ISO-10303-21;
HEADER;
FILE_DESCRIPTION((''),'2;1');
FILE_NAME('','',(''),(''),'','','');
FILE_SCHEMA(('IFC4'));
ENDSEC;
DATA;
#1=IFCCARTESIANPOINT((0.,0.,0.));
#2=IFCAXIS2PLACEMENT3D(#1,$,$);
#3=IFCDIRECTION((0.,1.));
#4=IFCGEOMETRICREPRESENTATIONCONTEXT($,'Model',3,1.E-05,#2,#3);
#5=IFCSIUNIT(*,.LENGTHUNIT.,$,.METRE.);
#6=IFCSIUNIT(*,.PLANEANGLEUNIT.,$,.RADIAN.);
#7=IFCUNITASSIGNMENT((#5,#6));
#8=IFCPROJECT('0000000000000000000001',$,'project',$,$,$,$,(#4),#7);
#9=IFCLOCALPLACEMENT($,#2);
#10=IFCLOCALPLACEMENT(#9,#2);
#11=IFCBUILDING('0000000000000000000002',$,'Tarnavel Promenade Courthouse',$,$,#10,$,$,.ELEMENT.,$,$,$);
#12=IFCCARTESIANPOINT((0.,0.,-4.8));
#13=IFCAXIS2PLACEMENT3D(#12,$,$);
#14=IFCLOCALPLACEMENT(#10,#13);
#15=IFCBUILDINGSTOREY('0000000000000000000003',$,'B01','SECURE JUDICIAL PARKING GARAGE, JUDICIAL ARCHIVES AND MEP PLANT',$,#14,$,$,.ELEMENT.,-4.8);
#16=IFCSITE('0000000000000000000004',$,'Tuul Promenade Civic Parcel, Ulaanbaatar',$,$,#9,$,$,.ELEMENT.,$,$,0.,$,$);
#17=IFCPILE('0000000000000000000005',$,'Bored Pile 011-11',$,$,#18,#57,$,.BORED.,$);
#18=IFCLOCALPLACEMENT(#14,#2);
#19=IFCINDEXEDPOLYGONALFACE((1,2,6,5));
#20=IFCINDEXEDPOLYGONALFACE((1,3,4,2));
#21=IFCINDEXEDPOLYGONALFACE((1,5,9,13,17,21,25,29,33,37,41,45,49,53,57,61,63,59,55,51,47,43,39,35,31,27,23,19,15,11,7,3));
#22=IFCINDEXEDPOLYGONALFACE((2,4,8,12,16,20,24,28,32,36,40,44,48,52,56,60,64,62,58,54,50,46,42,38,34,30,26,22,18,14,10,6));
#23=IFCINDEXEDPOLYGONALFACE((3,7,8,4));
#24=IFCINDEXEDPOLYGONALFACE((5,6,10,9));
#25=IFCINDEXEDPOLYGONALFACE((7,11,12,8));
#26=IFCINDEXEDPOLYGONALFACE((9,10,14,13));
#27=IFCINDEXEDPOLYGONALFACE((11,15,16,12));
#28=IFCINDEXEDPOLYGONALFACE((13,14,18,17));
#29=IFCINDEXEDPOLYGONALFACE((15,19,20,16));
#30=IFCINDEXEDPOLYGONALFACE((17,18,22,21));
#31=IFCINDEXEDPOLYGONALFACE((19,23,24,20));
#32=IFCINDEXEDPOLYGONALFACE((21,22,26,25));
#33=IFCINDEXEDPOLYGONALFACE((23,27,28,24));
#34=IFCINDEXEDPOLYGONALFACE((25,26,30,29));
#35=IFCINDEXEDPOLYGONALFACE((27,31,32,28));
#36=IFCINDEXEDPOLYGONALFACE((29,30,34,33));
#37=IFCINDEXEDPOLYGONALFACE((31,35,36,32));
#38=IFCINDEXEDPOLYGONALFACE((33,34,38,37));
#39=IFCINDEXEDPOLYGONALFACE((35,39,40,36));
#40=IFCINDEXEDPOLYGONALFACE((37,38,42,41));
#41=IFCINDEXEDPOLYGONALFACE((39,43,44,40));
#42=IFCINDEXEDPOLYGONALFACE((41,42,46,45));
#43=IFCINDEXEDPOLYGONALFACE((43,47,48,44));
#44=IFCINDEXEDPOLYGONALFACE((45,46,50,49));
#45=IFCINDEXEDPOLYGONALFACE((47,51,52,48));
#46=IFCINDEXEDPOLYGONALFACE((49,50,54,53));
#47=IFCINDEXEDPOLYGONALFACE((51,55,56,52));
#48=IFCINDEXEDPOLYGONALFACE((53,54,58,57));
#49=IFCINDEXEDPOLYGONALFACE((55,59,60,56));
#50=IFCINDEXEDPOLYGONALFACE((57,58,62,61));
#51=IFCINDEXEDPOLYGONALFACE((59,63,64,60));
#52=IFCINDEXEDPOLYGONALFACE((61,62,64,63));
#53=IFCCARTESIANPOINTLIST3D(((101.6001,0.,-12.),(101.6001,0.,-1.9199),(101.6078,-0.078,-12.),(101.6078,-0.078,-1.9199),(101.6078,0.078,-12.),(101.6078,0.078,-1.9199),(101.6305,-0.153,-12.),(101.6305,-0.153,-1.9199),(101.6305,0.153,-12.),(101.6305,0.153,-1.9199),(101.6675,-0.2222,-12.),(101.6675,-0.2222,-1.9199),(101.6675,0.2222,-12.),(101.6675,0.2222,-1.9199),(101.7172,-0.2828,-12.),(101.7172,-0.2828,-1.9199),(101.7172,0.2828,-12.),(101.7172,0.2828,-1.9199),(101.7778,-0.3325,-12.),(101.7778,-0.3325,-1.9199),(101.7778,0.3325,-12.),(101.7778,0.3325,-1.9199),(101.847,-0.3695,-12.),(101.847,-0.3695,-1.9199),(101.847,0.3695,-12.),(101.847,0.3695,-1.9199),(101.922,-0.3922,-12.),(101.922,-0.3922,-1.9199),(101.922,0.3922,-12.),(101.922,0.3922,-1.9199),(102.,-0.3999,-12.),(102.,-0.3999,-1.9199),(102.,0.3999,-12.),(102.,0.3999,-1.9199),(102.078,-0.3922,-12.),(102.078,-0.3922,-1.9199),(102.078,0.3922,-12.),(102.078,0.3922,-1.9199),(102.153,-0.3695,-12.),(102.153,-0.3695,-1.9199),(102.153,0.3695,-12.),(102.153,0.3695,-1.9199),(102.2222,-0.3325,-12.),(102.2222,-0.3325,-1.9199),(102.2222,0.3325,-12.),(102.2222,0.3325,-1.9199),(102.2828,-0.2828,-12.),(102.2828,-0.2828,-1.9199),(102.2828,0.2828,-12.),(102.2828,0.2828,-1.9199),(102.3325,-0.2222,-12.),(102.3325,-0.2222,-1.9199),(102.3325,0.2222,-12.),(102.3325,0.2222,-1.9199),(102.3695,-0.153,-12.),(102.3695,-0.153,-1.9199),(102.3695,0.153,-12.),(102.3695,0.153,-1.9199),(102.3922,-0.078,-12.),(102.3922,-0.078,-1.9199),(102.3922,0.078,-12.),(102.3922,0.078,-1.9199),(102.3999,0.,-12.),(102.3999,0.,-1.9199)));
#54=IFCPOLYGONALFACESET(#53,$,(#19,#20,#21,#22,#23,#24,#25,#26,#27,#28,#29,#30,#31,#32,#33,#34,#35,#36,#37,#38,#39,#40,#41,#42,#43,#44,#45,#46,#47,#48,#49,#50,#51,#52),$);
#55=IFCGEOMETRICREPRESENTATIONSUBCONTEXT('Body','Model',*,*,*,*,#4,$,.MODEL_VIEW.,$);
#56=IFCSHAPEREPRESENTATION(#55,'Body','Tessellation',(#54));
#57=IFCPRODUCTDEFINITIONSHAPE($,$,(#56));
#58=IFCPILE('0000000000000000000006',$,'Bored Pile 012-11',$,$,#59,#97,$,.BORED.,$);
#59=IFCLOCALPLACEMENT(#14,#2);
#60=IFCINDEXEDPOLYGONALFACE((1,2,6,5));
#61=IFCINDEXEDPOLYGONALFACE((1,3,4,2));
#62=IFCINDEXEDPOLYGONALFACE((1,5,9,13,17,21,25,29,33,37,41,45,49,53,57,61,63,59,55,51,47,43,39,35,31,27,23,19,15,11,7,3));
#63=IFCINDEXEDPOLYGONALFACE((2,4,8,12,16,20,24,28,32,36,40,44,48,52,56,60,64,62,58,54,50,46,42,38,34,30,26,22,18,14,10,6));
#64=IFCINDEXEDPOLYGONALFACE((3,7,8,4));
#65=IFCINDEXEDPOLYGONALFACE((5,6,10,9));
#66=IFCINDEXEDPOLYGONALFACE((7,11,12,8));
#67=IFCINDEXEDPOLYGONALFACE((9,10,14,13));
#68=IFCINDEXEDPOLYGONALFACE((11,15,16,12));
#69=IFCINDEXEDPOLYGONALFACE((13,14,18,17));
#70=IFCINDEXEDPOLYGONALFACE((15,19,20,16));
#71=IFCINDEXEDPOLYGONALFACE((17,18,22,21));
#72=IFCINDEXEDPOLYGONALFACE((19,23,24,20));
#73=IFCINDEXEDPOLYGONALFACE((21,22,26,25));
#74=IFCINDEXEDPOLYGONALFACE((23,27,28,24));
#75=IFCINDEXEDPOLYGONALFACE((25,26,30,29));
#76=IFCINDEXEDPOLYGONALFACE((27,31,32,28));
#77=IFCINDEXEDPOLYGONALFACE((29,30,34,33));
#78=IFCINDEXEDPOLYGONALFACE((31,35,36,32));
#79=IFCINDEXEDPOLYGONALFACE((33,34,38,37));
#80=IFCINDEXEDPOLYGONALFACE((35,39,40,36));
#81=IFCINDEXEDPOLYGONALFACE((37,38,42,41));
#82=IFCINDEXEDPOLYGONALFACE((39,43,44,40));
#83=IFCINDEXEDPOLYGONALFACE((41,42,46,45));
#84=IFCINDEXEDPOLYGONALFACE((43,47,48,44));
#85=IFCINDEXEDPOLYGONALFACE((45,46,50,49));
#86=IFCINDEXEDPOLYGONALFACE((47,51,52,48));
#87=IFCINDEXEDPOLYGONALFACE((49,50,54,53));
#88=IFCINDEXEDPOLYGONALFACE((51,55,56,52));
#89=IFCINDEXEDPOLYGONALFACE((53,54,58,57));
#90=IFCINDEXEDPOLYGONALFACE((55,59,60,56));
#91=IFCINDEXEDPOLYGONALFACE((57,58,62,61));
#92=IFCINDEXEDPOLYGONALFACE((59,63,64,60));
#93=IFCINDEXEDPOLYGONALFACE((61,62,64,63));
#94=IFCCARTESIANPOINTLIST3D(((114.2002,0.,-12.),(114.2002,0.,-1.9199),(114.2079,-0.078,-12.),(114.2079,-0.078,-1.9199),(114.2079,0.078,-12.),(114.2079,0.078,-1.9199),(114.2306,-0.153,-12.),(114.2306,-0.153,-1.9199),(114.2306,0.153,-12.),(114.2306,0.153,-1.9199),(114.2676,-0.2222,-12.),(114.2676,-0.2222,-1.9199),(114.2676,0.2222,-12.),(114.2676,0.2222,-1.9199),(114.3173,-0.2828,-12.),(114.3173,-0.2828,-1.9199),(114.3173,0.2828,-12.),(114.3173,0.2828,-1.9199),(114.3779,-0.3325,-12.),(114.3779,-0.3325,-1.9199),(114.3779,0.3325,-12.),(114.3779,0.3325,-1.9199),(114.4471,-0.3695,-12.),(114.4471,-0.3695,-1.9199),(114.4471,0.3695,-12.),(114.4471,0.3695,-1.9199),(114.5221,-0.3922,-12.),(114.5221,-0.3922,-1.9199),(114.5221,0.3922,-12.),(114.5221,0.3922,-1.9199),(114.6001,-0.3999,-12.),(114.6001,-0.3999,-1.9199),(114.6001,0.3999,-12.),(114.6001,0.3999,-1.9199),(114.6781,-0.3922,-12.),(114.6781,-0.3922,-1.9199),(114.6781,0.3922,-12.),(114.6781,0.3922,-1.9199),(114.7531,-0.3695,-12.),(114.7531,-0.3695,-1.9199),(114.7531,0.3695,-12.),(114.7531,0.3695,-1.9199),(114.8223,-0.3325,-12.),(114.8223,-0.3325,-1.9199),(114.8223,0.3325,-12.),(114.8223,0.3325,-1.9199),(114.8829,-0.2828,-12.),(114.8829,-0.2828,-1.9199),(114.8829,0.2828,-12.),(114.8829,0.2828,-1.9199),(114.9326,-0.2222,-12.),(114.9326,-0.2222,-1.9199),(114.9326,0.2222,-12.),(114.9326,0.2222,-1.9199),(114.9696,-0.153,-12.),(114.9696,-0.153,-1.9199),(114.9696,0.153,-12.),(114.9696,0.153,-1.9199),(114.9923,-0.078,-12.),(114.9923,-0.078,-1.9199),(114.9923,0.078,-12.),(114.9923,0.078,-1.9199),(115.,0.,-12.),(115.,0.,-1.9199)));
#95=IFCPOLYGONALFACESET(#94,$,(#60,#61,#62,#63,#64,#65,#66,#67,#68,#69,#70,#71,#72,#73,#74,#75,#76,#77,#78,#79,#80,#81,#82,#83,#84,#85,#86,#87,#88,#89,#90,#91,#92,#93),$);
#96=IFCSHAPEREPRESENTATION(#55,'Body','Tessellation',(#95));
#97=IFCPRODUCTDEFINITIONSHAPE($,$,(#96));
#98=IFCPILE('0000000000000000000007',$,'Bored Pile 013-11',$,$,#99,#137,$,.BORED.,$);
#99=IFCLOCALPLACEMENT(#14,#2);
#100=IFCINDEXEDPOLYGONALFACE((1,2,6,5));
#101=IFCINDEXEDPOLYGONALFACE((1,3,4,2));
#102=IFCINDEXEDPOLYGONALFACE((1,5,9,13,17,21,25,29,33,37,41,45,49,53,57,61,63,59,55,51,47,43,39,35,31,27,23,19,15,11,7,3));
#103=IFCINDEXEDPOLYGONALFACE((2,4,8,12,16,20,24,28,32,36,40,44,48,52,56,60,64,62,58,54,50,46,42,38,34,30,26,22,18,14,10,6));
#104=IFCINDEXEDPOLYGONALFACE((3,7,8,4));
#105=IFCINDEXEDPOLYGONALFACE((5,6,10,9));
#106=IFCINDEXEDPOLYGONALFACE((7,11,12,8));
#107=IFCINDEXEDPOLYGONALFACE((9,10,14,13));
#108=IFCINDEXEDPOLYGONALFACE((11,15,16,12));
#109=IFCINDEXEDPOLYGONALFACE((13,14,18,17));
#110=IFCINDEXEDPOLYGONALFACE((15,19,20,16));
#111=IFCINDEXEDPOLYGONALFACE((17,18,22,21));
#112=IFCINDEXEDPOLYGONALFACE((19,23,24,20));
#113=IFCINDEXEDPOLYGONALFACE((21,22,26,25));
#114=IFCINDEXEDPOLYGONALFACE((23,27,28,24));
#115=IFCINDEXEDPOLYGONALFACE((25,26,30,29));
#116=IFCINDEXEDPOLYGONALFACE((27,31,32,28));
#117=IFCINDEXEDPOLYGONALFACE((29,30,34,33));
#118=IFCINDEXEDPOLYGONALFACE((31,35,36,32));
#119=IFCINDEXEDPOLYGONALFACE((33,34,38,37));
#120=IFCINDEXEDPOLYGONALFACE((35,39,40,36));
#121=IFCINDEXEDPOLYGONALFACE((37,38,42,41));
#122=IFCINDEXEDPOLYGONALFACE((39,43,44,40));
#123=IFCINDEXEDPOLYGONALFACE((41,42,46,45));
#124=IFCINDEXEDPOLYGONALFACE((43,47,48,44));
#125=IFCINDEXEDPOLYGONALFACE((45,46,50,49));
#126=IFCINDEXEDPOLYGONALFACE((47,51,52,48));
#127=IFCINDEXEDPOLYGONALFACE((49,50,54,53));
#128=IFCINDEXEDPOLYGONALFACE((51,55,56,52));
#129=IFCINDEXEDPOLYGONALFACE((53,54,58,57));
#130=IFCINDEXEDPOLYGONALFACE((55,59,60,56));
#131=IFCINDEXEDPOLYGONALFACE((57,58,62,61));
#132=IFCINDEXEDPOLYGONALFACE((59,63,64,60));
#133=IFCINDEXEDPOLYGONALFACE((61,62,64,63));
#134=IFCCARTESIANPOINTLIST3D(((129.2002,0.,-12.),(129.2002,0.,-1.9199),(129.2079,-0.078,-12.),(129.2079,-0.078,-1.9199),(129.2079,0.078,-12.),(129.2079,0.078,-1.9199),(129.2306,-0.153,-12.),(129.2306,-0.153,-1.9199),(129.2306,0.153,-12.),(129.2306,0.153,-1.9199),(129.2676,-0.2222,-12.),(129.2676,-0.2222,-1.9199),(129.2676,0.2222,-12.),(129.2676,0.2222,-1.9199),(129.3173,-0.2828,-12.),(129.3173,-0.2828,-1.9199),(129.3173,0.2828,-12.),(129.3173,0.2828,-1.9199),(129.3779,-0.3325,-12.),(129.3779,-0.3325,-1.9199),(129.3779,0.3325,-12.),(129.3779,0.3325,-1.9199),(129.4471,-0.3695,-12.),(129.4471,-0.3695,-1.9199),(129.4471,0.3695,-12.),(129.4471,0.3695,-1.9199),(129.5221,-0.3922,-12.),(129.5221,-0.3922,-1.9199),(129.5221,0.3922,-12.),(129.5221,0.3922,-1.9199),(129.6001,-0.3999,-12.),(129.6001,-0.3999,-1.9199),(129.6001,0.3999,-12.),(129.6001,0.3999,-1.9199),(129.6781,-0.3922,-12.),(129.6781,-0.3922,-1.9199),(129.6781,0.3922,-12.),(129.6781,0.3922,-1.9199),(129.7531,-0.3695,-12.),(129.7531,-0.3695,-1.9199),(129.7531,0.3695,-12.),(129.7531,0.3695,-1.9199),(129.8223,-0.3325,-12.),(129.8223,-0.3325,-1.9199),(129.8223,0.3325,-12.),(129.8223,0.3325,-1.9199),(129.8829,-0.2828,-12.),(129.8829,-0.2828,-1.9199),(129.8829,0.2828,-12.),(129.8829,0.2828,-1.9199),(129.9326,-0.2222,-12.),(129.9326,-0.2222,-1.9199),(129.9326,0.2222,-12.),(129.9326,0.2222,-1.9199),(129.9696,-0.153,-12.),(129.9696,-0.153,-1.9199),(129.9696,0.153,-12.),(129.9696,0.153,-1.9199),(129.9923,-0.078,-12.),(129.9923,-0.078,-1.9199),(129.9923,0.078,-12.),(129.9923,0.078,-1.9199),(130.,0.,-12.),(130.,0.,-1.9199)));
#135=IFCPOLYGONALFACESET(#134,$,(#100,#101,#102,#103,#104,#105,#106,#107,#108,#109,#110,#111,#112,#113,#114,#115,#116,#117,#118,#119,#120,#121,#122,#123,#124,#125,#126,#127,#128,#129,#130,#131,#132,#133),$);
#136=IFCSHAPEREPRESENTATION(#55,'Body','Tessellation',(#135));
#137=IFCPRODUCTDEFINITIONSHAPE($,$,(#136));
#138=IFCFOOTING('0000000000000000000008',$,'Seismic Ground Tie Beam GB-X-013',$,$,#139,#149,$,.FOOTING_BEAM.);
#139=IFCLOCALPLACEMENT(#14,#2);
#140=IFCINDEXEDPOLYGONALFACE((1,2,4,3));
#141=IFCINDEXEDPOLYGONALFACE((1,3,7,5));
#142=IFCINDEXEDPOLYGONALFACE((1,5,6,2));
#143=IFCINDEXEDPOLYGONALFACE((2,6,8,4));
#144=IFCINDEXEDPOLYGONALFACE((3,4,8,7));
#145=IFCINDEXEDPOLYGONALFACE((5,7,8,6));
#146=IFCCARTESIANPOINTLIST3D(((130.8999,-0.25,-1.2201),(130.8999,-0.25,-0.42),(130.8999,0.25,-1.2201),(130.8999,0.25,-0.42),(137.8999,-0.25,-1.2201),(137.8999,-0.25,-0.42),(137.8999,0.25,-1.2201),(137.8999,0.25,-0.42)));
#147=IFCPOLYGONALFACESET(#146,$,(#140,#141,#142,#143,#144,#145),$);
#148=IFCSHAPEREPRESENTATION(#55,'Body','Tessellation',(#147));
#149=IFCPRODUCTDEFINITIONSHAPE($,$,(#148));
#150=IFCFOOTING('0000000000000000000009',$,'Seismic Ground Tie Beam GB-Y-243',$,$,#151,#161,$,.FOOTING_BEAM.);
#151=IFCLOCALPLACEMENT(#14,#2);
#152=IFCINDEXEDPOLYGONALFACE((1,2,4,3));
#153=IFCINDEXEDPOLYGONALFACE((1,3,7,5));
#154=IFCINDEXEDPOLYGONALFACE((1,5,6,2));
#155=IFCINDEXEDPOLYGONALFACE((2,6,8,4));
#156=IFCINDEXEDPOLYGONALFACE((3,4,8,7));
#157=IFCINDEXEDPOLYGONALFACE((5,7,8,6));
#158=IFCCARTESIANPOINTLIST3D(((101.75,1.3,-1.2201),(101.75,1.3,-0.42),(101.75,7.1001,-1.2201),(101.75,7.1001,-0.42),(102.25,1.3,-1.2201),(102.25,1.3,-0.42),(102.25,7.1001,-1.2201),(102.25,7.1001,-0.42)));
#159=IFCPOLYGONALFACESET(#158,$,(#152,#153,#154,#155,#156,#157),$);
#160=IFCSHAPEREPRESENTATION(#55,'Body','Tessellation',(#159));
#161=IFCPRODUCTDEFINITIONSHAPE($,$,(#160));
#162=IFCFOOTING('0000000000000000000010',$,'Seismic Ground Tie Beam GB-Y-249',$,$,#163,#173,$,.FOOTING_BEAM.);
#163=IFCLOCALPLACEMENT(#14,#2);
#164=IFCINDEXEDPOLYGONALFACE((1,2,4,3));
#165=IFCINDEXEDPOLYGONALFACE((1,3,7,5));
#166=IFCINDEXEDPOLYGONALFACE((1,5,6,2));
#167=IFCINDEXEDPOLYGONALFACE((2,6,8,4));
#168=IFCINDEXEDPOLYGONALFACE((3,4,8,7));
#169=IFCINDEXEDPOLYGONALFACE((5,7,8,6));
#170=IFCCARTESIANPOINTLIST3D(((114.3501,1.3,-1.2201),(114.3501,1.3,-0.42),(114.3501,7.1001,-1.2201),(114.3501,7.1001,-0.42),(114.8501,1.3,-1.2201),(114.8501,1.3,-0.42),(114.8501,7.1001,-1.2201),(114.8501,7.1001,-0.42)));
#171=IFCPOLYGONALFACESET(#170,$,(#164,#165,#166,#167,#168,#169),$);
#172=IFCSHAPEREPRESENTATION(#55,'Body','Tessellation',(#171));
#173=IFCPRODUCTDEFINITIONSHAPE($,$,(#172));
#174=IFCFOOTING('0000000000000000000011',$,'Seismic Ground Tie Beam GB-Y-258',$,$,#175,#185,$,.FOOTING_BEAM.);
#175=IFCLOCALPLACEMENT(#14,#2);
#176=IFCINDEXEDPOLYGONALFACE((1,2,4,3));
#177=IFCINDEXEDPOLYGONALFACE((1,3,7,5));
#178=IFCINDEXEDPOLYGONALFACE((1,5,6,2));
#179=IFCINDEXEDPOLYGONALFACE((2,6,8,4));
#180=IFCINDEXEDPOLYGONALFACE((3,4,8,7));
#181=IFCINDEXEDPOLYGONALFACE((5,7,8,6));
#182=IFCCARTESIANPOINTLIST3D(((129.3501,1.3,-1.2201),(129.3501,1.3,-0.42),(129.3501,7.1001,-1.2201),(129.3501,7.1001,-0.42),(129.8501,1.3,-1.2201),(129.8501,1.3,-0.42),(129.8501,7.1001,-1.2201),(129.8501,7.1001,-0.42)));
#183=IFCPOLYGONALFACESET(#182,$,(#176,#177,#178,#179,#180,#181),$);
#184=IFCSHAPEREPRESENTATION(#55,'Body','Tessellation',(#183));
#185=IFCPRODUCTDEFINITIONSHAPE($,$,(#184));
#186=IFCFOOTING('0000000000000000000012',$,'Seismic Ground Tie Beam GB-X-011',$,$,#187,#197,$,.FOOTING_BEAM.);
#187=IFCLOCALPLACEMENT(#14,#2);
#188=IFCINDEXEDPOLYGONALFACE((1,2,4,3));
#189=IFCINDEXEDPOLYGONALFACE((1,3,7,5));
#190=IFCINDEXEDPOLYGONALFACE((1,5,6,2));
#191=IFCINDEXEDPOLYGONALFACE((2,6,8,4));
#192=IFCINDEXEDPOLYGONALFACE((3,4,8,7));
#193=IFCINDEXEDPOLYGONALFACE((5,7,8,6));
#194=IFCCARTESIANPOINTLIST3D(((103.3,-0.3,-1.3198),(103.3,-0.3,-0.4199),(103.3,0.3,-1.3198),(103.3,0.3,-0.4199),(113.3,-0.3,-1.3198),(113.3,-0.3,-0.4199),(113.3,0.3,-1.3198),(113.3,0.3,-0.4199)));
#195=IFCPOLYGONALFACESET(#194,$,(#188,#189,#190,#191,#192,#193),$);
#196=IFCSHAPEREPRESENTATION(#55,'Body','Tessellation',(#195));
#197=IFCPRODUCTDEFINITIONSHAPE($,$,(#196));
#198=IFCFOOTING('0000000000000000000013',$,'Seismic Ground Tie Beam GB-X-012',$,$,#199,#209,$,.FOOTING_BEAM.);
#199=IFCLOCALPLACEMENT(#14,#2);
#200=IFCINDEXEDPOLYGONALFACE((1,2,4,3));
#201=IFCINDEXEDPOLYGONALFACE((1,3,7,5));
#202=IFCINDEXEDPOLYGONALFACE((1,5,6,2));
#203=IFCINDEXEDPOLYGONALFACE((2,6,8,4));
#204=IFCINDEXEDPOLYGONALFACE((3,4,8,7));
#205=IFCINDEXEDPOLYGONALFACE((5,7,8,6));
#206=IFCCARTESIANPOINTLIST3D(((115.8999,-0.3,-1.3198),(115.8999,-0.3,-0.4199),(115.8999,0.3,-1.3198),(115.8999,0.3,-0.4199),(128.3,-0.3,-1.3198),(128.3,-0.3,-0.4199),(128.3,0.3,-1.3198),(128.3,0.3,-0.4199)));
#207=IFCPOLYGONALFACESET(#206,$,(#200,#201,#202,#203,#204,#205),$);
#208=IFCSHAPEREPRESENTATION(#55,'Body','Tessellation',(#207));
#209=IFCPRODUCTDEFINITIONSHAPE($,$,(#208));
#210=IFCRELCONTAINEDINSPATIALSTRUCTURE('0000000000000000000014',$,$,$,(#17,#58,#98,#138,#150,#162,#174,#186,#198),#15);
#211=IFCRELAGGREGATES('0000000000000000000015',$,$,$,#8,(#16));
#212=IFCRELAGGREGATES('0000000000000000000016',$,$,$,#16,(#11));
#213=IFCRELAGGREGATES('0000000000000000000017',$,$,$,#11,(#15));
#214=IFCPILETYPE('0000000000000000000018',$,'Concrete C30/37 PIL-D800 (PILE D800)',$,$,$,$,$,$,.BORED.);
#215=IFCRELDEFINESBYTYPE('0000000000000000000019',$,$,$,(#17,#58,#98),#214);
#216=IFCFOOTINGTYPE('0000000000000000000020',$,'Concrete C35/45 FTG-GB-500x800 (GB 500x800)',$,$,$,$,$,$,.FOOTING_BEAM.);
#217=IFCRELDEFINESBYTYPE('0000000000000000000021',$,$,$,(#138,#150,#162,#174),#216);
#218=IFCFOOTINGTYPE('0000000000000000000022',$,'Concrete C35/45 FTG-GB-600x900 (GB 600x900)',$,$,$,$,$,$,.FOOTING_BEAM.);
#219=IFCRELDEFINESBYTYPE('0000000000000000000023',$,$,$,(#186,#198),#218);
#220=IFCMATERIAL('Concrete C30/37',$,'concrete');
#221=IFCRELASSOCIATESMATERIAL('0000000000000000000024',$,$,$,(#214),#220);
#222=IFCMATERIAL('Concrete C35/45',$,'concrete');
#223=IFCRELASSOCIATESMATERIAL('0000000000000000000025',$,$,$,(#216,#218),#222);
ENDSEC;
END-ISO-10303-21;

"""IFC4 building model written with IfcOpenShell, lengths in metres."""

from ifc_helpers import new_model, si_unit, direction, frame, origin, origin_2d, place, context, subcontext, project, spatial, rectangle, circle, extrude, material, material_profile, profile_set, type_object, element, save


model = new_model("IFC4")

# Units and contexts
model_context = context("Model", 3, precision=1e-05, world=origin(), true_north=direction((0.0, 1.0)))
body_context = subcontext(model_context, "Body", "Model", "MODEL_VIEW")
ifc_project = project(units=[si_unit("LENGTHUNIT", "METRE"), si_unit("PLANEANGLEUNIT", "RADIAN")], contexts=[model_context])

# Site, building, storey
site_placement = place(None, origin())
site = spatial("IfcSite", under=ifc_project, at=site_placement, Name="Tuul Promenade Civic Parcel, Ulaanbaatar", CompositionType="ELEMENT", RefElevation=0.0)
building_placement = place(site_placement, origin())
building = spatial("IfcBuilding", under=site, at=building_placement, Name="Tarnavel Promenade Courthouse", CompositionType="ELEMENT")
storey_placement = place(building_placement, frame((0.0, 0.0, -4.8)))
storey = spatial("IfcBuildingStorey", under=building, at=storey_placement, Name="B01", Description="SECURE JUDICIAL PARKING GARAGE, JUDICIAL ARCHIVES AND MEP PLANT", CompositionType="ELEMENT", Elevation=-4.8)

# Piles
ifc_material_1 = material(Name="Concrete C30/37", Category="concrete")
ifc_material_profile_1 = material_profile(ifc_material_1, circle(Radius=0.3999, at=origin_2d()), Name="PILE D800")
ifc_profile_set_1 = profile_set([ifc_material_profile_1], Name="Concrete C30/37")
pile_type = type_object("IfcPileType", Name="Concrete C30/37 PIL-D800 (PILE D800)", PredefinedType="BORED", material=ifc_profile_set_1)
for number, where, z_axis, x_axis, name in (
    (1, (102.0, 0.0, -1.9199), (0.0, 0.0, -1.0), (1.0, 0.0, 0.0), "Bored Pile 011-11"),
    (2, (114.6001, 0.0, -1.9199), (0.0, 0.0, -1.0), (1.0, 0.0, 0.0), "Bored Pile 012-11"),
    (3, (129.6001, 0.0, -1.9199), (0.0, 0.0, -1.0), (1.0, 0.0, 0.0), "Bored Pile 013-11"),
):
    element("IfcPile", number, at=place(storey_placement, frame(where, z_axis=z_axis, x_axis=x_axis)), inside=storey, type_object=pile_type, Name=name, PredefinedType="BORED", context=body_context, shape_type="SweptSolid", body=[
        extrude(circle(Radius=0.3999, at=origin_2d()), origin(), (0.0, 0.0, 1.0), 10.0801),
    ])

# Footings
ifc_material_2 = material(Name="Concrete C35/45", Category="concrete")
ifc_material_profile_2 = material_profile(ifc_material_2, rectangle(XDim=0.5, YDim=0.8, at=origin_2d()), Name="GB 500x800")
ifc_profile_set_2 = profile_set([ifc_material_profile_2], Name="Concrete C35/45")
footing_type_1 = type_object("IfcFootingType", Name="Concrete C35/45 FTG-GB-500x800 (GB 500x800)", PredefinedType="FOOTING_BEAM", material=ifc_profile_set_2)
footing_1_placement = place(storey_placement, frame((130.8999, 0.0, -0.8201), z_axis=(1.0, 0.0, 0.0), x_axis=(0.0, 1.0, 0.0)))
element("IfcFooting", 4, at=footing_1_placement, inside=storey, type_object=footing_type_1, Name="Seismic Ground Tie Beam GB-X-013", PredefinedType="FOOTING_BEAM", context=body_context, shape_type="SweptSolid", body=[
    extrude(rectangle(XDim=0.5, YDim=0.8, at=origin_2d()), origin(), (0.0, 0.0, 1.0), 7.0),
])
for number, where, z_axis, x_axis, name in (
    (5, (102.0, 1.3, -0.8201), (0.0, 1.0, 0.0), (-1.0, 0.0, 0.0), "Seismic Ground Tie Beam GB-Y-243"),
    (6, (114.6001, 1.3, -0.8201), (0.0, 1.0, 0.0), (-1.0, 0.0, 0.0), "Seismic Ground Tie Beam GB-Y-249"),
    (7, (129.6001, 1.3, -0.8201), (0.0, 1.0, 0.0), (-1.0, 0.0, 0.0), "Seismic Ground Tie Beam GB-Y-258"),
):
    element("IfcFooting", number, at=place(storey_placement, frame(where, z_axis=z_axis, x_axis=x_axis)), inside=storey, type_object=footing_type_1, Name=name, PredefinedType="FOOTING_BEAM", context=body_context, shape_type="SweptSolid", body=[
        extrude(rectangle(XDim=0.5, YDim=0.8, at=origin_2d()), origin(), (0.0, 0.0, 1.0), 5.8),
    ])
ifc_material_profile_3 = material_profile(ifc_material_2, rectangle(XDim=0.6001, YDim=0.8999, at=origin_2d()), Name="GB 600x900")
ifc_profile_set_3 = profile_set([ifc_material_profile_3], Name="Concrete C35/45")
footing_type_2 = type_object("IfcFootingType", Name="Concrete C35/45 FTG-GB-600x900 (GB 600x900)", PredefinedType="FOOTING_BEAM", material=ifc_profile_set_3)
footing_2_placement = place(storey_placement, frame((103.3, 0.0, -0.8699), z_axis=(1.0, 0.0, 0.0), x_axis=(0.0, 1.0, 0.0)))
element("IfcFooting", 8, at=footing_2_placement, inside=storey, type_object=footing_type_2, Name="Seismic Ground Tie Beam GB-X-011", PredefinedType="FOOTING_BEAM", context=body_context, shape_type="SweptSolid", body=[
    extrude(rectangle(XDim=0.6001, YDim=0.8999, at=origin_2d()), origin(), (0.0, 0.0, 1.0), 10.0),
])
footing_3_placement = place(storey_placement, frame((115.8999, 0.0, -0.8699), z_axis=(1.0, 0.0, 0.0), x_axis=(0.0, 1.0, 0.0)))
element("IfcFooting", 9, at=footing_3_placement, inside=storey, type_object=footing_type_2, Name="Seismic Ground Tie Beam GB-X-012", PredefinedType="FOOTING_BEAM", context=body_context, shape_type="SweptSolid", body=[
    extrude(rectangle(XDim=0.6001, YDim=0.8999, at=origin_2d()), origin(), (0.0, 0.0, 1.0), 12.4001),
])

save(model, "model.ifc")
